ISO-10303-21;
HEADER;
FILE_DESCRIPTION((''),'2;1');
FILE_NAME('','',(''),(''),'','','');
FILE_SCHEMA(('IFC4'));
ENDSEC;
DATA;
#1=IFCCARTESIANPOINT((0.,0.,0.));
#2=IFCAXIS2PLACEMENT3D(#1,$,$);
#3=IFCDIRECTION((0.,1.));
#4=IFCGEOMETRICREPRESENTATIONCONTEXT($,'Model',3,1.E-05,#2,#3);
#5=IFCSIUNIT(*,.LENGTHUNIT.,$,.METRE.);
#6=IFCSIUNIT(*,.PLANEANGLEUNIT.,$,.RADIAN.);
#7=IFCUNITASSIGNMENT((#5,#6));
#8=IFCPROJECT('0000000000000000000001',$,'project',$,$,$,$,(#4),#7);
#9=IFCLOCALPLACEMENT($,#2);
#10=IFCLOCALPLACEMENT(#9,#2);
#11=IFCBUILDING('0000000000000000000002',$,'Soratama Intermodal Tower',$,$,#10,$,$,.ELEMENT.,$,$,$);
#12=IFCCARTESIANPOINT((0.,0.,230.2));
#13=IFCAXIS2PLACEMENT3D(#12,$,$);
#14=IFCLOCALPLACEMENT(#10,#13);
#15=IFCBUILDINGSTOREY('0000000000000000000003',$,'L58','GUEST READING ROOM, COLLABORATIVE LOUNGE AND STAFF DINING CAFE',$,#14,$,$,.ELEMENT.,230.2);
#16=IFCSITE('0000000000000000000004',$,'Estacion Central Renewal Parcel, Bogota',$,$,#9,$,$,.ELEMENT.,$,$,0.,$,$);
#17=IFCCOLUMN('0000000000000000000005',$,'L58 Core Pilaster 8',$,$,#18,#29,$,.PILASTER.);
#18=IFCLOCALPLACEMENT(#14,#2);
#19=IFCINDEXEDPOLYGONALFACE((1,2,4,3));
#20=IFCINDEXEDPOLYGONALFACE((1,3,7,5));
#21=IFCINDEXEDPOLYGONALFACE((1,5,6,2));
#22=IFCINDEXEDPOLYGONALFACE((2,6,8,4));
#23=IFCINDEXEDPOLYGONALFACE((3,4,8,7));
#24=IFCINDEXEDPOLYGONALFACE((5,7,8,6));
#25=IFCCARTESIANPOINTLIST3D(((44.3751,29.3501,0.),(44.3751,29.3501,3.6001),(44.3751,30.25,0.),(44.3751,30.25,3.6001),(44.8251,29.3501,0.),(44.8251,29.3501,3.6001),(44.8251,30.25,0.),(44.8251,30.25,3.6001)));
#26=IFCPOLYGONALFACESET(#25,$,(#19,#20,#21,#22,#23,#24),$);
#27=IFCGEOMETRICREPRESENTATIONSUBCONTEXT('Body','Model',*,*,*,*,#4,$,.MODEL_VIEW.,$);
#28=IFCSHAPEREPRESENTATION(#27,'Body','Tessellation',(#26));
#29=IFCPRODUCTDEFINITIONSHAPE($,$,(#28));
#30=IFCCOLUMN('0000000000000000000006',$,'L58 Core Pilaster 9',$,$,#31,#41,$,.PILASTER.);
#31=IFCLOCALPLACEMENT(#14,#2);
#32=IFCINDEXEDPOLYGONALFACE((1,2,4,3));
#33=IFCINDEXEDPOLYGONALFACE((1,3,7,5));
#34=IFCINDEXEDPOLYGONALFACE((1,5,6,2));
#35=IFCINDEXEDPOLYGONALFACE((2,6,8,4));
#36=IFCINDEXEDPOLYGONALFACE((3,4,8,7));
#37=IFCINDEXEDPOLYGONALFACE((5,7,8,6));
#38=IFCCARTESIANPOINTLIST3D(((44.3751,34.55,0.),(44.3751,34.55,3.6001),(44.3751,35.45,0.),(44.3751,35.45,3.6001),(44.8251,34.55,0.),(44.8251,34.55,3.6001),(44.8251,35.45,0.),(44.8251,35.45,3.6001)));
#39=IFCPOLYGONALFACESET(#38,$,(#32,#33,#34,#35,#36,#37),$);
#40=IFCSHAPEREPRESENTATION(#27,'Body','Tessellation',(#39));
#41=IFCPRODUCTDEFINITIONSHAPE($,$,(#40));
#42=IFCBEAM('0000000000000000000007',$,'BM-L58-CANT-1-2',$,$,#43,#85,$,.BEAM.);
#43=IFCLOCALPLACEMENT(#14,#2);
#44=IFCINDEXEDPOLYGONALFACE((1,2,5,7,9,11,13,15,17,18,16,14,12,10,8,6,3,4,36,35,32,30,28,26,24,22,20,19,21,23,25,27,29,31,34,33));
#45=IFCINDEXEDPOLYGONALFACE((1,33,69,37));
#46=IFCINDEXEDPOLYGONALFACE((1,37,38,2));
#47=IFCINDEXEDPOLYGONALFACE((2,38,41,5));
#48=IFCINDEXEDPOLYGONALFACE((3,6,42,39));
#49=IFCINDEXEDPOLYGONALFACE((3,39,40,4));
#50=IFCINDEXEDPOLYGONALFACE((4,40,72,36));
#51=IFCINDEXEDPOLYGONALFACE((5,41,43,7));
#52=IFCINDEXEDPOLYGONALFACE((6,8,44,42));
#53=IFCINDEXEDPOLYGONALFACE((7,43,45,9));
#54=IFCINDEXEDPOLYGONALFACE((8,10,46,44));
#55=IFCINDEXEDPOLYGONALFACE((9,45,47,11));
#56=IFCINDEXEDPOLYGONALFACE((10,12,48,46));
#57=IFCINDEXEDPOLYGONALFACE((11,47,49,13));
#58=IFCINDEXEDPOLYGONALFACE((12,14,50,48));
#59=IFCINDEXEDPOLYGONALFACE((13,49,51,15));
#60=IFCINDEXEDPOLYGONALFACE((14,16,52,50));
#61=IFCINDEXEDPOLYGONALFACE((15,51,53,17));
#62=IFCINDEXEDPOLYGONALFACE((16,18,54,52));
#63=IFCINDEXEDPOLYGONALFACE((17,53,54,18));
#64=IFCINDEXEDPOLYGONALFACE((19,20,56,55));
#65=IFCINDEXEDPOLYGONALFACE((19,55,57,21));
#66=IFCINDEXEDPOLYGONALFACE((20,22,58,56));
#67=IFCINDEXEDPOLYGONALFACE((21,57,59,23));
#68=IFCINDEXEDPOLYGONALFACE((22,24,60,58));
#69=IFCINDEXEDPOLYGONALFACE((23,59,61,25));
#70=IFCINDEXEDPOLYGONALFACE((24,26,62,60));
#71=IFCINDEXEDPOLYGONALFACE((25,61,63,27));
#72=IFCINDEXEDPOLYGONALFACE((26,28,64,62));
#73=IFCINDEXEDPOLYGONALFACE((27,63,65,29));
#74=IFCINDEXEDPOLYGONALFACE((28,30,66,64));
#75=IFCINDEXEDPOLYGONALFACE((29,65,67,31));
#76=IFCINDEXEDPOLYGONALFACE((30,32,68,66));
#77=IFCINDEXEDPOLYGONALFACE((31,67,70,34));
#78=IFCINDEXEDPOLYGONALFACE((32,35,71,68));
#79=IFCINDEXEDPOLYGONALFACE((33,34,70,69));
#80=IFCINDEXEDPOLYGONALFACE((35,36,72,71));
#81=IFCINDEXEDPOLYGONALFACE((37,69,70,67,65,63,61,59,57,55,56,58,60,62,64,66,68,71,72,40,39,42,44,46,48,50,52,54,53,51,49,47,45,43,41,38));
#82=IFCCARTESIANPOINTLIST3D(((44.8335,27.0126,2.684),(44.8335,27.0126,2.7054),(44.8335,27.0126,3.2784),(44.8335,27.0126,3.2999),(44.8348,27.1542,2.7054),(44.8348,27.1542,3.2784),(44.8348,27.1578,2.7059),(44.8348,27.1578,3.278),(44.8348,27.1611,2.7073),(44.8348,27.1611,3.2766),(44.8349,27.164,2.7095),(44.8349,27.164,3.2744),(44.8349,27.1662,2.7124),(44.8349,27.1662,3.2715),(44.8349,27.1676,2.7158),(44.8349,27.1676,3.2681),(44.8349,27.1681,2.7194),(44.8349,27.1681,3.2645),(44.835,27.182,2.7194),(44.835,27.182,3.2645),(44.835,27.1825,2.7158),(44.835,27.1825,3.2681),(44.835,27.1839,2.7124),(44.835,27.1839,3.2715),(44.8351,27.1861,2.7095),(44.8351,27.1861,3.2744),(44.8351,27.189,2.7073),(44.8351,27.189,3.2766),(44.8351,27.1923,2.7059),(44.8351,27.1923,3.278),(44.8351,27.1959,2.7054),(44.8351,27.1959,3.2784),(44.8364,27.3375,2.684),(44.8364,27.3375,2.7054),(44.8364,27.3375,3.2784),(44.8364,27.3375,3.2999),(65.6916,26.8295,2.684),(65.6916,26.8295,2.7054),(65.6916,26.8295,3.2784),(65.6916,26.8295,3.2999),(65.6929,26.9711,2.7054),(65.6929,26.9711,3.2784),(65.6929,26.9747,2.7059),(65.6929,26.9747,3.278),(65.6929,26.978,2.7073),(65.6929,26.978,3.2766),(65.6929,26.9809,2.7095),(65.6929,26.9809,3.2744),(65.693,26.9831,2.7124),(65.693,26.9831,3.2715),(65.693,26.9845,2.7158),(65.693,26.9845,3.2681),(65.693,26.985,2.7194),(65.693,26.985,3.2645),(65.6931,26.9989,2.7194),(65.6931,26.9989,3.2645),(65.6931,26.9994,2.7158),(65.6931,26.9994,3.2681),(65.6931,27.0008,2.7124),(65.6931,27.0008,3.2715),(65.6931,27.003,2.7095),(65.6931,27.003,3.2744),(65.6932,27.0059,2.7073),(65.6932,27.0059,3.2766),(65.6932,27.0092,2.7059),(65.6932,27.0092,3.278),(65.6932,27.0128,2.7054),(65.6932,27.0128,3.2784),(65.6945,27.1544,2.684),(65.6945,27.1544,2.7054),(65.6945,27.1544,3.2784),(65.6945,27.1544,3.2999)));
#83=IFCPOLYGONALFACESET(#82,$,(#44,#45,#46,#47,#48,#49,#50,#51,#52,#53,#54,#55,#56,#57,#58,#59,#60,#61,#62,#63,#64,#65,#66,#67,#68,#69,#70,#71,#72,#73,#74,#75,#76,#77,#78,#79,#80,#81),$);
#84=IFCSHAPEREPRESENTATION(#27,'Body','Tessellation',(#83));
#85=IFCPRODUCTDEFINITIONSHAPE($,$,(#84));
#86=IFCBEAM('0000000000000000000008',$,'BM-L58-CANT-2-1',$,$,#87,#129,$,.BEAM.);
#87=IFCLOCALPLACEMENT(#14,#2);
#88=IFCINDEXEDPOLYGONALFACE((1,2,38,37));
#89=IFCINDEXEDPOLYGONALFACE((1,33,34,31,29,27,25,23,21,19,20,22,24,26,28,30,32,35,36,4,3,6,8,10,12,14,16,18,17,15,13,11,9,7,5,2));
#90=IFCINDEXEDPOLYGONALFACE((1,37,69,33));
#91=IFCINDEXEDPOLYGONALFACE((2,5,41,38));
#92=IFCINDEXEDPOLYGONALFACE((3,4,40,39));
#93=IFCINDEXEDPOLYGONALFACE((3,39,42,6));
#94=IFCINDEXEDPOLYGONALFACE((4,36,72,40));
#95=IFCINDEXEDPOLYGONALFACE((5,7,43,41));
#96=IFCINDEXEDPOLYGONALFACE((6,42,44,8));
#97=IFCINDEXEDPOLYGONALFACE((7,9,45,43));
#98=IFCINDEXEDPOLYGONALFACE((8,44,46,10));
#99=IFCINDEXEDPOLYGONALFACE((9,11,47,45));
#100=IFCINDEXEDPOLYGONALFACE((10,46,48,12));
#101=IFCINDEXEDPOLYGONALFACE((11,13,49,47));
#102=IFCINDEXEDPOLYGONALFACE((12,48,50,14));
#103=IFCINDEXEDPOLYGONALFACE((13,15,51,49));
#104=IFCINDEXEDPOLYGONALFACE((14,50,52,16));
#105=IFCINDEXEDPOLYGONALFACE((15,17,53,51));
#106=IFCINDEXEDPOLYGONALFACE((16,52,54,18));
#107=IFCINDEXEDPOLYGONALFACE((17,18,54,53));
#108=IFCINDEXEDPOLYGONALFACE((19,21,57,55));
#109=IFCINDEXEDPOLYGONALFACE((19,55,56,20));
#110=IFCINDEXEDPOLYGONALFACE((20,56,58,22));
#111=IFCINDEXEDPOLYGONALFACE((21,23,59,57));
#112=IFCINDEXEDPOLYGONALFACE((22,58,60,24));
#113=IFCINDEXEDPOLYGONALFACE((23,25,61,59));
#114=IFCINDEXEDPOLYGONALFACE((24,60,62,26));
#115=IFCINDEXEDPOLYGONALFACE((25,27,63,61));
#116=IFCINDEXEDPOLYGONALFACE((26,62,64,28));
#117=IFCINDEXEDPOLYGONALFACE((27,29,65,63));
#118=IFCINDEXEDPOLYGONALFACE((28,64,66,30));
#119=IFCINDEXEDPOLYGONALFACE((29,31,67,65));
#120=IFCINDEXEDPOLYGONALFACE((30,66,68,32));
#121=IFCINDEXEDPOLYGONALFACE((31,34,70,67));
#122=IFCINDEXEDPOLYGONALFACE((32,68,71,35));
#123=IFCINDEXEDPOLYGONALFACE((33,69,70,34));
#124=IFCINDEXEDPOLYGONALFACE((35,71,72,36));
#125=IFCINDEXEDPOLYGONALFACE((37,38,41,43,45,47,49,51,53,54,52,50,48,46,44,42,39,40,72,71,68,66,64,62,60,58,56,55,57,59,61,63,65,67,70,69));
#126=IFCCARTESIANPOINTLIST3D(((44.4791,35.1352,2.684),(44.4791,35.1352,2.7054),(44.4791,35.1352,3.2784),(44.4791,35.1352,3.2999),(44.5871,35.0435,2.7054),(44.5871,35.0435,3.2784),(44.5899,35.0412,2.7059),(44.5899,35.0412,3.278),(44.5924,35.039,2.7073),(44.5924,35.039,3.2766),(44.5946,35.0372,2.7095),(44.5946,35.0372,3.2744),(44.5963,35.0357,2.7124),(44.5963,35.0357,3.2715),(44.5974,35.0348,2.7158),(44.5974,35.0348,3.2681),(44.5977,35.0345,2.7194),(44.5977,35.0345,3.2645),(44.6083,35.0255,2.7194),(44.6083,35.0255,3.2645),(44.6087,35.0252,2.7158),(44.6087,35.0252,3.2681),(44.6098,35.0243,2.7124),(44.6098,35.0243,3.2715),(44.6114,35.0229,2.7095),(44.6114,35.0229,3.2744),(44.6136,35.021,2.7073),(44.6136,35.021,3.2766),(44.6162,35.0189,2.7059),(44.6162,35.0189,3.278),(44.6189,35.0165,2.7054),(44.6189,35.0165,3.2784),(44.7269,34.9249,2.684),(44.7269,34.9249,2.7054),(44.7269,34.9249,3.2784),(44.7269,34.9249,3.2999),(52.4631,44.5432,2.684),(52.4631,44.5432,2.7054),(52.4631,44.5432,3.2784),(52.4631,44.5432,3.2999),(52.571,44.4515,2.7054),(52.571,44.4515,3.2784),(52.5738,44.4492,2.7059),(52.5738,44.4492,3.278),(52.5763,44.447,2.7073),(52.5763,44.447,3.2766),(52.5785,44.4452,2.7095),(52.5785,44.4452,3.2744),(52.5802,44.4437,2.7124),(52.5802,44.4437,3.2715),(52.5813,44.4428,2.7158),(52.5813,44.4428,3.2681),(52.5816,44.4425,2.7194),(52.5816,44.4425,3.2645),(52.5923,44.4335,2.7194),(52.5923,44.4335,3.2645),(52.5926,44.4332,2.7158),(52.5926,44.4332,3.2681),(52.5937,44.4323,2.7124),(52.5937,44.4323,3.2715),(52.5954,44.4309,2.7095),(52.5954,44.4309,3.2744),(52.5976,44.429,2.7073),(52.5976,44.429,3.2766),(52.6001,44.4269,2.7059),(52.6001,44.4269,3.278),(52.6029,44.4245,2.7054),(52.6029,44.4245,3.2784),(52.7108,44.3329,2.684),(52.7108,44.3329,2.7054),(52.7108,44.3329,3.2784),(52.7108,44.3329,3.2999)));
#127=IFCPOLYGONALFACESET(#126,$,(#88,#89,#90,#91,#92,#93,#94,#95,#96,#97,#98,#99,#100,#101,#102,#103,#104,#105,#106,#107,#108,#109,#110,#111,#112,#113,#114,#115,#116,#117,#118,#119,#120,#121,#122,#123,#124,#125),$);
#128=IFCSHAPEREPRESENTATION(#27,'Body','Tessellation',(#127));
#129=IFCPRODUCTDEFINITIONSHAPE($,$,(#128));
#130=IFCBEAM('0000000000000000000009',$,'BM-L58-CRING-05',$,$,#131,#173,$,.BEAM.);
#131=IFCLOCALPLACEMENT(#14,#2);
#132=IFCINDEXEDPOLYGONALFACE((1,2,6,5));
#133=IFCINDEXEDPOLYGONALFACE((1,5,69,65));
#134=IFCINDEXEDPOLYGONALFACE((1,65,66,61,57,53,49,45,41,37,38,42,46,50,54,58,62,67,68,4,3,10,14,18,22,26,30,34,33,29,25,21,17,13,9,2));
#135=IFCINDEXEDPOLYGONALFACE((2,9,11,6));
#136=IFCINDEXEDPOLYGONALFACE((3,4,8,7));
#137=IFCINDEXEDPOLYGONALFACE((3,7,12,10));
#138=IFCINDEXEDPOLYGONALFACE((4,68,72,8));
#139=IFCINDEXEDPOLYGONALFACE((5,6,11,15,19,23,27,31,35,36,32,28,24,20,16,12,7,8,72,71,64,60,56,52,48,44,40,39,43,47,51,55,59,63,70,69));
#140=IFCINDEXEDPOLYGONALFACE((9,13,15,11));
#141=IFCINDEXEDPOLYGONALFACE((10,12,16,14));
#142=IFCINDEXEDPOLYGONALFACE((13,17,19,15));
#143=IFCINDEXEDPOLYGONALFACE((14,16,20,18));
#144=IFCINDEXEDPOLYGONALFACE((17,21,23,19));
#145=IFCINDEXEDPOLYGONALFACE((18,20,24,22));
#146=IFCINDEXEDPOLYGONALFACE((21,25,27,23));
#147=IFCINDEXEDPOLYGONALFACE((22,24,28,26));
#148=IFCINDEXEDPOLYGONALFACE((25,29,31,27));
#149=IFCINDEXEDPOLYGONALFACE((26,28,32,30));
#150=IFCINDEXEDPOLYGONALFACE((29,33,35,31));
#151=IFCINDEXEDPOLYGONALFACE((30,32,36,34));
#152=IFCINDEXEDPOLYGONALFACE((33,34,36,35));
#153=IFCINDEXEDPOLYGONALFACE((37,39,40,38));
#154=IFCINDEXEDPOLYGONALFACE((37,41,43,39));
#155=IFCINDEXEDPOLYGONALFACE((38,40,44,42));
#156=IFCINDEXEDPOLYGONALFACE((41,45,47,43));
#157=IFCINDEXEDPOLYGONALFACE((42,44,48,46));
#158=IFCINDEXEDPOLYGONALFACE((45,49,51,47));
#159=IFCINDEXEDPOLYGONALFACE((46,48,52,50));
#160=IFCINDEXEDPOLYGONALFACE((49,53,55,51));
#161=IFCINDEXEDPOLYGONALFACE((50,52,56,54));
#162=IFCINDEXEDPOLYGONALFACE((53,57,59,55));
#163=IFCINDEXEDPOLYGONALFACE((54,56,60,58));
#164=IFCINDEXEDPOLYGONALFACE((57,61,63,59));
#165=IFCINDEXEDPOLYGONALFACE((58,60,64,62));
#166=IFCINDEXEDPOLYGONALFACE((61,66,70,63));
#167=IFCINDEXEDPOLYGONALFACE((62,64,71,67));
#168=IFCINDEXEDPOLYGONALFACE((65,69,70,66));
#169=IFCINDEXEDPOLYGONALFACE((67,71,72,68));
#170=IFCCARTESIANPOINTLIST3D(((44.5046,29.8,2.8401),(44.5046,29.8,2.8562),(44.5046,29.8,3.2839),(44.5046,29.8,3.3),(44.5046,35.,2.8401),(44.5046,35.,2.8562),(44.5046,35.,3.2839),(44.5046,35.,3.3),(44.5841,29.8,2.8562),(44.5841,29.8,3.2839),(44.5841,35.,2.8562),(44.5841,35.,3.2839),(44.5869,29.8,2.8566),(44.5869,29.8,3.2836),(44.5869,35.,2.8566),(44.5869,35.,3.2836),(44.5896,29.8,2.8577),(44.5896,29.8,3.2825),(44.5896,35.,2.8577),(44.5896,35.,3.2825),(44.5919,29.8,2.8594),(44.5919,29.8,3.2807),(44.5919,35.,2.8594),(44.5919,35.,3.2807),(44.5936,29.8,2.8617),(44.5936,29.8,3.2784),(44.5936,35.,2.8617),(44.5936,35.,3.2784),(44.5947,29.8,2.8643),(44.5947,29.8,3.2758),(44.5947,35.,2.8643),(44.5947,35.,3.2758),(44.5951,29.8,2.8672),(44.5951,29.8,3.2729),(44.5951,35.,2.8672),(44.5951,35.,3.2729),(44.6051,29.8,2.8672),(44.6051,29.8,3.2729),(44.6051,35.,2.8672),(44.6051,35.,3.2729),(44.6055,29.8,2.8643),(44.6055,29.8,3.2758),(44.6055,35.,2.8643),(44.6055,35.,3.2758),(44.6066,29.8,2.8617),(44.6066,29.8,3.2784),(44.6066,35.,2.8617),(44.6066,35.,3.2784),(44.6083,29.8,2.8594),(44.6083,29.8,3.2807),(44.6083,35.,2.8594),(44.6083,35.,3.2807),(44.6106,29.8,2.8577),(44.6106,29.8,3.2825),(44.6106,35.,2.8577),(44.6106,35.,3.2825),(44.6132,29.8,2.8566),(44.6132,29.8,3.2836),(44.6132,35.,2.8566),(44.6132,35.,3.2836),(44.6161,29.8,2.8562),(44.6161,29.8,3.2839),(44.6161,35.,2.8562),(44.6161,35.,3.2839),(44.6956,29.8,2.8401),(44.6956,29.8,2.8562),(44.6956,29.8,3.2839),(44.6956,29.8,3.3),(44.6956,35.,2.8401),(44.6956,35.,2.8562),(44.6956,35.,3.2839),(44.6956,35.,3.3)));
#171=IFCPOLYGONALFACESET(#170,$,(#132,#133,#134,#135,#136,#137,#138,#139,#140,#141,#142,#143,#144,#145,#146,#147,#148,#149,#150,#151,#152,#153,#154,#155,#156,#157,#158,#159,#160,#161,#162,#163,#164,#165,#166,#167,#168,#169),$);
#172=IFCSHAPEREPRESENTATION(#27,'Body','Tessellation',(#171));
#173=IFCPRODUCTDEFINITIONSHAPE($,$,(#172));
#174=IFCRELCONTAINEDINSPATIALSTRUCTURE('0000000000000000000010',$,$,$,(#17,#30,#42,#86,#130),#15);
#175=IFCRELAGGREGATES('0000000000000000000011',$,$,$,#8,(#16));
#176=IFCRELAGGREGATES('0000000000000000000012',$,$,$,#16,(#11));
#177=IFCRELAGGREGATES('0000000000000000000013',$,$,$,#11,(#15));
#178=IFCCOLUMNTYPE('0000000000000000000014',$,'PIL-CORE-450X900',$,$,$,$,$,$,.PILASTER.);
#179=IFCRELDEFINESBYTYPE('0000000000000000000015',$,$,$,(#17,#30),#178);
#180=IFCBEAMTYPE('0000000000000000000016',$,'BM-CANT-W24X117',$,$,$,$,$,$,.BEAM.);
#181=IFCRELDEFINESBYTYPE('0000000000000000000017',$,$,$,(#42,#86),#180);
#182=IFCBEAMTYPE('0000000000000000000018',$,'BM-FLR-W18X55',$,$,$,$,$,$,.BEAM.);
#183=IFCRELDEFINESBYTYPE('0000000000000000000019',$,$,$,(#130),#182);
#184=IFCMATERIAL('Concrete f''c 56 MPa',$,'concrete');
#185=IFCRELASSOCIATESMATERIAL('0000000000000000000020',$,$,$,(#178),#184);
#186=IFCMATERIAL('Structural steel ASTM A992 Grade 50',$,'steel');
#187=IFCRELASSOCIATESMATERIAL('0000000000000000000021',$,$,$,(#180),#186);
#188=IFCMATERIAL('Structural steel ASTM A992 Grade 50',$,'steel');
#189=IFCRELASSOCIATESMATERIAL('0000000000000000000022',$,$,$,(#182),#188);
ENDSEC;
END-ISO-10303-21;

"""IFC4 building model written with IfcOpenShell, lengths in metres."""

from ifc_helpers import new_model, si_unit, direction, frame, origin, origin_2d, place, context, subcontext, project, spatial, rectangle, i_section, extrude, material, material_profile, profile_set, type_object, element, save


model = new_model("IFC4")

# Units and contexts
model_context = context("Model", 3, precision=1e-05, world=origin(), true_north=direction((0.0, 1.0)))
body_context = subcontext(model_context, "Body", "Model", "MODEL_VIEW")
ifc_project = project(units=[si_unit("LENGTHUNIT", "METRE"), si_unit("PLANEANGLEUNIT", "RADIAN")], contexts=[model_context])

# Site, building, storey
site_placement = place(None, origin())
site = spatial("IfcSite", under=ifc_project, at=site_placement, Name="Estacion Central Renewal Parcel, Bogota", CompositionType="ELEMENT", RefElevation=0.0)
building_placement = place(site_placement, origin())
building = spatial("IfcBuilding", under=site, at=building_placement, Name="Soratama Intermodal Tower", CompositionType="ELEMENT")
storey_placement = place(building_placement, frame((0.0, 0.0, 230.2)))
storey = spatial("IfcBuildingStorey", under=building, at=storey_placement, Name="L58", Description="GUEST READING ROOM, COLLABORATIVE LOUNGE AND STAFF DINING CAFE", CompositionType="ELEMENT", Elevation=230.2)

# Columns
ifc_material_1 = material(Name="Concrete f'c 56 MPa", Category="concrete")
ifc_material_profile_1 = material_profile(ifc_material_1, rectangle(XDim=0.45, YDim=0.8999, at=origin_2d()), Name="RC450X900")
ifc_profile_set_1 = profile_set([ifc_material_profile_1], Name="Concrete f'c 56 MPa")
column_type = type_object("IfcColumnType", Name="PIL-CORE-450X900", PredefinedType="PILASTER", material=ifc_profile_set_1)
for number, where, z_axis, x_axis, name in (
    (1, (44.6001, 29.8, 0.0), (0.0, 0.0, 1.0), (1.0, 0.0, 0.0), "L58 Core Pilaster 8"),
    (2, (44.6001, 35.0, 0.0), (0.0, 0.0, 1.0), (1.0, 0.0, 0.0), "L58 Core Pilaster 9"),
):
    element("IfcColumn", number, at=place(storey_placement, frame(where, z_axis=z_axis, x_axis=x_axis)), inside=storey, type_object=column_type, Name=name, PredefinedType="PILASTER", context=body_context, shape_type="SweptSolid", body=[
        extrude(rectangle(XDim=0.45, YDim=0.8999, at=origin_2d()), origin(), (0.0, 0.0, 1.0), 3.6001),
    ])

# Beams
ifc_material_2 = material(Name="Structural steel ASTM A992 Grade 50", Category="steel")
ifc_material_profile_2 = material_profile(ifc_material_2, i_section(OverallWidth=0.325, OverallDepth=0.616, WebThickness=0.0139, FlangeThickness=0.0215, FilletRadius=0.0139, at=origin_2d()), Name="W24X117")
ifc_profile_set_2 = profile_set([ifc_material_profile_2], Name="Structural steel ASTM A992 Grade 50")
beam_type_1 = type_object("IfcBeamType", Name="BM-CANT-W24X117", PredefinedType="BEAM", material=ifc_profile_set_2)
beam_1_placement = place(storey_placement, frame((44.835, 27.175, 2.9919), z_axis=(0.999961, -0.008778, 0.0), x_axis=(0.008778, 0.999961, 0.0)))
element("IfcBeam", 3, at=beam_1_placement, inside=storey, type_object=beam_type_1, Name="BM-L58-CANT-1-2", PredefinedType="BEAM", context=body_context, shape_type="SweptSolid", body=[
    extrude(i_section(OverallWidth=0.325, OverallDepth=0.616, WebThickness=0.0139, FlangeThickness=0.0215, FilletRadius=0.0139, at=origin_2d()), origin(), (0.0, 0.0, 1.0), 20.8589),
])
beam_2_placement = place(storey_placement, frame((44.603, 35.03, 2.9919), z_axis=(0.647042, 0.762454, 0.0), x_axis=(-0.762454, 0.647042, 0.0)))
element("IfcBeam", 4, at=beam_2_placement, inside=storey, type_object=beam_type_1, Name="BM-L58-CANT-2-1", PredefinedType="BEAM", context=body_context, shape_type="SweptSolid", body=[
    extrude(i_section(OverallWidth=0.325, OverallDepth=0.616, WebThickness=0.0139, FlangeThickness=0.0215, FilletRadius=0.0139, at=origin_2d()), origin(), (0.0, 0.0, 1.0), 12.3391),
])
ifc_material_3 = material(Name="Structural steel ASTM A992 Grade 50", Category="steel")
ifc_material_profile_3 = material_profile(ifc_material_3, i_section(OverallWidth=0.1909, OverallDepth=0.46, WebThickness=0.01, FlangeThickness=0.0161, FilletRadius=0.011, at=origin_2d()), Name="W18X55")
ifc_profile_set_3 = profile_set([ifc_material_profile_3], Name="Structural steel ASTM A992 Grade 50")
beam_type_2 = type_object("IfcBeamType", Name="BM-FLR-W18X55", PredefinedType="BEAM", material=ifc_profile_set_3)
beam_3_placement = place(storey_placement, frame((44.6001, 29.8, 3.0701), z_axis=(0.0, 1.0, 0.0), x_axis=(-1.0, 0.0, 0.0)))
element("IfcBeam", 5, at=beam_3_placement, inside=storey, type_object=beam_type_2, Name="BM-L58-CRING-05", PredefinedType="BEAM", context=body_context, shape_type="SweptSolid", body=[
    extrude(i_section(OverallWidth=0.1909, OverallDepth=0.46, WebThickness=0.01, FlangeThickness=0.0161, FilletRadius=0.011, at=origin_2d()), origin(), (0.0, 0.0, 1.0), 5.2),
])

save(model, "model.ifc")
